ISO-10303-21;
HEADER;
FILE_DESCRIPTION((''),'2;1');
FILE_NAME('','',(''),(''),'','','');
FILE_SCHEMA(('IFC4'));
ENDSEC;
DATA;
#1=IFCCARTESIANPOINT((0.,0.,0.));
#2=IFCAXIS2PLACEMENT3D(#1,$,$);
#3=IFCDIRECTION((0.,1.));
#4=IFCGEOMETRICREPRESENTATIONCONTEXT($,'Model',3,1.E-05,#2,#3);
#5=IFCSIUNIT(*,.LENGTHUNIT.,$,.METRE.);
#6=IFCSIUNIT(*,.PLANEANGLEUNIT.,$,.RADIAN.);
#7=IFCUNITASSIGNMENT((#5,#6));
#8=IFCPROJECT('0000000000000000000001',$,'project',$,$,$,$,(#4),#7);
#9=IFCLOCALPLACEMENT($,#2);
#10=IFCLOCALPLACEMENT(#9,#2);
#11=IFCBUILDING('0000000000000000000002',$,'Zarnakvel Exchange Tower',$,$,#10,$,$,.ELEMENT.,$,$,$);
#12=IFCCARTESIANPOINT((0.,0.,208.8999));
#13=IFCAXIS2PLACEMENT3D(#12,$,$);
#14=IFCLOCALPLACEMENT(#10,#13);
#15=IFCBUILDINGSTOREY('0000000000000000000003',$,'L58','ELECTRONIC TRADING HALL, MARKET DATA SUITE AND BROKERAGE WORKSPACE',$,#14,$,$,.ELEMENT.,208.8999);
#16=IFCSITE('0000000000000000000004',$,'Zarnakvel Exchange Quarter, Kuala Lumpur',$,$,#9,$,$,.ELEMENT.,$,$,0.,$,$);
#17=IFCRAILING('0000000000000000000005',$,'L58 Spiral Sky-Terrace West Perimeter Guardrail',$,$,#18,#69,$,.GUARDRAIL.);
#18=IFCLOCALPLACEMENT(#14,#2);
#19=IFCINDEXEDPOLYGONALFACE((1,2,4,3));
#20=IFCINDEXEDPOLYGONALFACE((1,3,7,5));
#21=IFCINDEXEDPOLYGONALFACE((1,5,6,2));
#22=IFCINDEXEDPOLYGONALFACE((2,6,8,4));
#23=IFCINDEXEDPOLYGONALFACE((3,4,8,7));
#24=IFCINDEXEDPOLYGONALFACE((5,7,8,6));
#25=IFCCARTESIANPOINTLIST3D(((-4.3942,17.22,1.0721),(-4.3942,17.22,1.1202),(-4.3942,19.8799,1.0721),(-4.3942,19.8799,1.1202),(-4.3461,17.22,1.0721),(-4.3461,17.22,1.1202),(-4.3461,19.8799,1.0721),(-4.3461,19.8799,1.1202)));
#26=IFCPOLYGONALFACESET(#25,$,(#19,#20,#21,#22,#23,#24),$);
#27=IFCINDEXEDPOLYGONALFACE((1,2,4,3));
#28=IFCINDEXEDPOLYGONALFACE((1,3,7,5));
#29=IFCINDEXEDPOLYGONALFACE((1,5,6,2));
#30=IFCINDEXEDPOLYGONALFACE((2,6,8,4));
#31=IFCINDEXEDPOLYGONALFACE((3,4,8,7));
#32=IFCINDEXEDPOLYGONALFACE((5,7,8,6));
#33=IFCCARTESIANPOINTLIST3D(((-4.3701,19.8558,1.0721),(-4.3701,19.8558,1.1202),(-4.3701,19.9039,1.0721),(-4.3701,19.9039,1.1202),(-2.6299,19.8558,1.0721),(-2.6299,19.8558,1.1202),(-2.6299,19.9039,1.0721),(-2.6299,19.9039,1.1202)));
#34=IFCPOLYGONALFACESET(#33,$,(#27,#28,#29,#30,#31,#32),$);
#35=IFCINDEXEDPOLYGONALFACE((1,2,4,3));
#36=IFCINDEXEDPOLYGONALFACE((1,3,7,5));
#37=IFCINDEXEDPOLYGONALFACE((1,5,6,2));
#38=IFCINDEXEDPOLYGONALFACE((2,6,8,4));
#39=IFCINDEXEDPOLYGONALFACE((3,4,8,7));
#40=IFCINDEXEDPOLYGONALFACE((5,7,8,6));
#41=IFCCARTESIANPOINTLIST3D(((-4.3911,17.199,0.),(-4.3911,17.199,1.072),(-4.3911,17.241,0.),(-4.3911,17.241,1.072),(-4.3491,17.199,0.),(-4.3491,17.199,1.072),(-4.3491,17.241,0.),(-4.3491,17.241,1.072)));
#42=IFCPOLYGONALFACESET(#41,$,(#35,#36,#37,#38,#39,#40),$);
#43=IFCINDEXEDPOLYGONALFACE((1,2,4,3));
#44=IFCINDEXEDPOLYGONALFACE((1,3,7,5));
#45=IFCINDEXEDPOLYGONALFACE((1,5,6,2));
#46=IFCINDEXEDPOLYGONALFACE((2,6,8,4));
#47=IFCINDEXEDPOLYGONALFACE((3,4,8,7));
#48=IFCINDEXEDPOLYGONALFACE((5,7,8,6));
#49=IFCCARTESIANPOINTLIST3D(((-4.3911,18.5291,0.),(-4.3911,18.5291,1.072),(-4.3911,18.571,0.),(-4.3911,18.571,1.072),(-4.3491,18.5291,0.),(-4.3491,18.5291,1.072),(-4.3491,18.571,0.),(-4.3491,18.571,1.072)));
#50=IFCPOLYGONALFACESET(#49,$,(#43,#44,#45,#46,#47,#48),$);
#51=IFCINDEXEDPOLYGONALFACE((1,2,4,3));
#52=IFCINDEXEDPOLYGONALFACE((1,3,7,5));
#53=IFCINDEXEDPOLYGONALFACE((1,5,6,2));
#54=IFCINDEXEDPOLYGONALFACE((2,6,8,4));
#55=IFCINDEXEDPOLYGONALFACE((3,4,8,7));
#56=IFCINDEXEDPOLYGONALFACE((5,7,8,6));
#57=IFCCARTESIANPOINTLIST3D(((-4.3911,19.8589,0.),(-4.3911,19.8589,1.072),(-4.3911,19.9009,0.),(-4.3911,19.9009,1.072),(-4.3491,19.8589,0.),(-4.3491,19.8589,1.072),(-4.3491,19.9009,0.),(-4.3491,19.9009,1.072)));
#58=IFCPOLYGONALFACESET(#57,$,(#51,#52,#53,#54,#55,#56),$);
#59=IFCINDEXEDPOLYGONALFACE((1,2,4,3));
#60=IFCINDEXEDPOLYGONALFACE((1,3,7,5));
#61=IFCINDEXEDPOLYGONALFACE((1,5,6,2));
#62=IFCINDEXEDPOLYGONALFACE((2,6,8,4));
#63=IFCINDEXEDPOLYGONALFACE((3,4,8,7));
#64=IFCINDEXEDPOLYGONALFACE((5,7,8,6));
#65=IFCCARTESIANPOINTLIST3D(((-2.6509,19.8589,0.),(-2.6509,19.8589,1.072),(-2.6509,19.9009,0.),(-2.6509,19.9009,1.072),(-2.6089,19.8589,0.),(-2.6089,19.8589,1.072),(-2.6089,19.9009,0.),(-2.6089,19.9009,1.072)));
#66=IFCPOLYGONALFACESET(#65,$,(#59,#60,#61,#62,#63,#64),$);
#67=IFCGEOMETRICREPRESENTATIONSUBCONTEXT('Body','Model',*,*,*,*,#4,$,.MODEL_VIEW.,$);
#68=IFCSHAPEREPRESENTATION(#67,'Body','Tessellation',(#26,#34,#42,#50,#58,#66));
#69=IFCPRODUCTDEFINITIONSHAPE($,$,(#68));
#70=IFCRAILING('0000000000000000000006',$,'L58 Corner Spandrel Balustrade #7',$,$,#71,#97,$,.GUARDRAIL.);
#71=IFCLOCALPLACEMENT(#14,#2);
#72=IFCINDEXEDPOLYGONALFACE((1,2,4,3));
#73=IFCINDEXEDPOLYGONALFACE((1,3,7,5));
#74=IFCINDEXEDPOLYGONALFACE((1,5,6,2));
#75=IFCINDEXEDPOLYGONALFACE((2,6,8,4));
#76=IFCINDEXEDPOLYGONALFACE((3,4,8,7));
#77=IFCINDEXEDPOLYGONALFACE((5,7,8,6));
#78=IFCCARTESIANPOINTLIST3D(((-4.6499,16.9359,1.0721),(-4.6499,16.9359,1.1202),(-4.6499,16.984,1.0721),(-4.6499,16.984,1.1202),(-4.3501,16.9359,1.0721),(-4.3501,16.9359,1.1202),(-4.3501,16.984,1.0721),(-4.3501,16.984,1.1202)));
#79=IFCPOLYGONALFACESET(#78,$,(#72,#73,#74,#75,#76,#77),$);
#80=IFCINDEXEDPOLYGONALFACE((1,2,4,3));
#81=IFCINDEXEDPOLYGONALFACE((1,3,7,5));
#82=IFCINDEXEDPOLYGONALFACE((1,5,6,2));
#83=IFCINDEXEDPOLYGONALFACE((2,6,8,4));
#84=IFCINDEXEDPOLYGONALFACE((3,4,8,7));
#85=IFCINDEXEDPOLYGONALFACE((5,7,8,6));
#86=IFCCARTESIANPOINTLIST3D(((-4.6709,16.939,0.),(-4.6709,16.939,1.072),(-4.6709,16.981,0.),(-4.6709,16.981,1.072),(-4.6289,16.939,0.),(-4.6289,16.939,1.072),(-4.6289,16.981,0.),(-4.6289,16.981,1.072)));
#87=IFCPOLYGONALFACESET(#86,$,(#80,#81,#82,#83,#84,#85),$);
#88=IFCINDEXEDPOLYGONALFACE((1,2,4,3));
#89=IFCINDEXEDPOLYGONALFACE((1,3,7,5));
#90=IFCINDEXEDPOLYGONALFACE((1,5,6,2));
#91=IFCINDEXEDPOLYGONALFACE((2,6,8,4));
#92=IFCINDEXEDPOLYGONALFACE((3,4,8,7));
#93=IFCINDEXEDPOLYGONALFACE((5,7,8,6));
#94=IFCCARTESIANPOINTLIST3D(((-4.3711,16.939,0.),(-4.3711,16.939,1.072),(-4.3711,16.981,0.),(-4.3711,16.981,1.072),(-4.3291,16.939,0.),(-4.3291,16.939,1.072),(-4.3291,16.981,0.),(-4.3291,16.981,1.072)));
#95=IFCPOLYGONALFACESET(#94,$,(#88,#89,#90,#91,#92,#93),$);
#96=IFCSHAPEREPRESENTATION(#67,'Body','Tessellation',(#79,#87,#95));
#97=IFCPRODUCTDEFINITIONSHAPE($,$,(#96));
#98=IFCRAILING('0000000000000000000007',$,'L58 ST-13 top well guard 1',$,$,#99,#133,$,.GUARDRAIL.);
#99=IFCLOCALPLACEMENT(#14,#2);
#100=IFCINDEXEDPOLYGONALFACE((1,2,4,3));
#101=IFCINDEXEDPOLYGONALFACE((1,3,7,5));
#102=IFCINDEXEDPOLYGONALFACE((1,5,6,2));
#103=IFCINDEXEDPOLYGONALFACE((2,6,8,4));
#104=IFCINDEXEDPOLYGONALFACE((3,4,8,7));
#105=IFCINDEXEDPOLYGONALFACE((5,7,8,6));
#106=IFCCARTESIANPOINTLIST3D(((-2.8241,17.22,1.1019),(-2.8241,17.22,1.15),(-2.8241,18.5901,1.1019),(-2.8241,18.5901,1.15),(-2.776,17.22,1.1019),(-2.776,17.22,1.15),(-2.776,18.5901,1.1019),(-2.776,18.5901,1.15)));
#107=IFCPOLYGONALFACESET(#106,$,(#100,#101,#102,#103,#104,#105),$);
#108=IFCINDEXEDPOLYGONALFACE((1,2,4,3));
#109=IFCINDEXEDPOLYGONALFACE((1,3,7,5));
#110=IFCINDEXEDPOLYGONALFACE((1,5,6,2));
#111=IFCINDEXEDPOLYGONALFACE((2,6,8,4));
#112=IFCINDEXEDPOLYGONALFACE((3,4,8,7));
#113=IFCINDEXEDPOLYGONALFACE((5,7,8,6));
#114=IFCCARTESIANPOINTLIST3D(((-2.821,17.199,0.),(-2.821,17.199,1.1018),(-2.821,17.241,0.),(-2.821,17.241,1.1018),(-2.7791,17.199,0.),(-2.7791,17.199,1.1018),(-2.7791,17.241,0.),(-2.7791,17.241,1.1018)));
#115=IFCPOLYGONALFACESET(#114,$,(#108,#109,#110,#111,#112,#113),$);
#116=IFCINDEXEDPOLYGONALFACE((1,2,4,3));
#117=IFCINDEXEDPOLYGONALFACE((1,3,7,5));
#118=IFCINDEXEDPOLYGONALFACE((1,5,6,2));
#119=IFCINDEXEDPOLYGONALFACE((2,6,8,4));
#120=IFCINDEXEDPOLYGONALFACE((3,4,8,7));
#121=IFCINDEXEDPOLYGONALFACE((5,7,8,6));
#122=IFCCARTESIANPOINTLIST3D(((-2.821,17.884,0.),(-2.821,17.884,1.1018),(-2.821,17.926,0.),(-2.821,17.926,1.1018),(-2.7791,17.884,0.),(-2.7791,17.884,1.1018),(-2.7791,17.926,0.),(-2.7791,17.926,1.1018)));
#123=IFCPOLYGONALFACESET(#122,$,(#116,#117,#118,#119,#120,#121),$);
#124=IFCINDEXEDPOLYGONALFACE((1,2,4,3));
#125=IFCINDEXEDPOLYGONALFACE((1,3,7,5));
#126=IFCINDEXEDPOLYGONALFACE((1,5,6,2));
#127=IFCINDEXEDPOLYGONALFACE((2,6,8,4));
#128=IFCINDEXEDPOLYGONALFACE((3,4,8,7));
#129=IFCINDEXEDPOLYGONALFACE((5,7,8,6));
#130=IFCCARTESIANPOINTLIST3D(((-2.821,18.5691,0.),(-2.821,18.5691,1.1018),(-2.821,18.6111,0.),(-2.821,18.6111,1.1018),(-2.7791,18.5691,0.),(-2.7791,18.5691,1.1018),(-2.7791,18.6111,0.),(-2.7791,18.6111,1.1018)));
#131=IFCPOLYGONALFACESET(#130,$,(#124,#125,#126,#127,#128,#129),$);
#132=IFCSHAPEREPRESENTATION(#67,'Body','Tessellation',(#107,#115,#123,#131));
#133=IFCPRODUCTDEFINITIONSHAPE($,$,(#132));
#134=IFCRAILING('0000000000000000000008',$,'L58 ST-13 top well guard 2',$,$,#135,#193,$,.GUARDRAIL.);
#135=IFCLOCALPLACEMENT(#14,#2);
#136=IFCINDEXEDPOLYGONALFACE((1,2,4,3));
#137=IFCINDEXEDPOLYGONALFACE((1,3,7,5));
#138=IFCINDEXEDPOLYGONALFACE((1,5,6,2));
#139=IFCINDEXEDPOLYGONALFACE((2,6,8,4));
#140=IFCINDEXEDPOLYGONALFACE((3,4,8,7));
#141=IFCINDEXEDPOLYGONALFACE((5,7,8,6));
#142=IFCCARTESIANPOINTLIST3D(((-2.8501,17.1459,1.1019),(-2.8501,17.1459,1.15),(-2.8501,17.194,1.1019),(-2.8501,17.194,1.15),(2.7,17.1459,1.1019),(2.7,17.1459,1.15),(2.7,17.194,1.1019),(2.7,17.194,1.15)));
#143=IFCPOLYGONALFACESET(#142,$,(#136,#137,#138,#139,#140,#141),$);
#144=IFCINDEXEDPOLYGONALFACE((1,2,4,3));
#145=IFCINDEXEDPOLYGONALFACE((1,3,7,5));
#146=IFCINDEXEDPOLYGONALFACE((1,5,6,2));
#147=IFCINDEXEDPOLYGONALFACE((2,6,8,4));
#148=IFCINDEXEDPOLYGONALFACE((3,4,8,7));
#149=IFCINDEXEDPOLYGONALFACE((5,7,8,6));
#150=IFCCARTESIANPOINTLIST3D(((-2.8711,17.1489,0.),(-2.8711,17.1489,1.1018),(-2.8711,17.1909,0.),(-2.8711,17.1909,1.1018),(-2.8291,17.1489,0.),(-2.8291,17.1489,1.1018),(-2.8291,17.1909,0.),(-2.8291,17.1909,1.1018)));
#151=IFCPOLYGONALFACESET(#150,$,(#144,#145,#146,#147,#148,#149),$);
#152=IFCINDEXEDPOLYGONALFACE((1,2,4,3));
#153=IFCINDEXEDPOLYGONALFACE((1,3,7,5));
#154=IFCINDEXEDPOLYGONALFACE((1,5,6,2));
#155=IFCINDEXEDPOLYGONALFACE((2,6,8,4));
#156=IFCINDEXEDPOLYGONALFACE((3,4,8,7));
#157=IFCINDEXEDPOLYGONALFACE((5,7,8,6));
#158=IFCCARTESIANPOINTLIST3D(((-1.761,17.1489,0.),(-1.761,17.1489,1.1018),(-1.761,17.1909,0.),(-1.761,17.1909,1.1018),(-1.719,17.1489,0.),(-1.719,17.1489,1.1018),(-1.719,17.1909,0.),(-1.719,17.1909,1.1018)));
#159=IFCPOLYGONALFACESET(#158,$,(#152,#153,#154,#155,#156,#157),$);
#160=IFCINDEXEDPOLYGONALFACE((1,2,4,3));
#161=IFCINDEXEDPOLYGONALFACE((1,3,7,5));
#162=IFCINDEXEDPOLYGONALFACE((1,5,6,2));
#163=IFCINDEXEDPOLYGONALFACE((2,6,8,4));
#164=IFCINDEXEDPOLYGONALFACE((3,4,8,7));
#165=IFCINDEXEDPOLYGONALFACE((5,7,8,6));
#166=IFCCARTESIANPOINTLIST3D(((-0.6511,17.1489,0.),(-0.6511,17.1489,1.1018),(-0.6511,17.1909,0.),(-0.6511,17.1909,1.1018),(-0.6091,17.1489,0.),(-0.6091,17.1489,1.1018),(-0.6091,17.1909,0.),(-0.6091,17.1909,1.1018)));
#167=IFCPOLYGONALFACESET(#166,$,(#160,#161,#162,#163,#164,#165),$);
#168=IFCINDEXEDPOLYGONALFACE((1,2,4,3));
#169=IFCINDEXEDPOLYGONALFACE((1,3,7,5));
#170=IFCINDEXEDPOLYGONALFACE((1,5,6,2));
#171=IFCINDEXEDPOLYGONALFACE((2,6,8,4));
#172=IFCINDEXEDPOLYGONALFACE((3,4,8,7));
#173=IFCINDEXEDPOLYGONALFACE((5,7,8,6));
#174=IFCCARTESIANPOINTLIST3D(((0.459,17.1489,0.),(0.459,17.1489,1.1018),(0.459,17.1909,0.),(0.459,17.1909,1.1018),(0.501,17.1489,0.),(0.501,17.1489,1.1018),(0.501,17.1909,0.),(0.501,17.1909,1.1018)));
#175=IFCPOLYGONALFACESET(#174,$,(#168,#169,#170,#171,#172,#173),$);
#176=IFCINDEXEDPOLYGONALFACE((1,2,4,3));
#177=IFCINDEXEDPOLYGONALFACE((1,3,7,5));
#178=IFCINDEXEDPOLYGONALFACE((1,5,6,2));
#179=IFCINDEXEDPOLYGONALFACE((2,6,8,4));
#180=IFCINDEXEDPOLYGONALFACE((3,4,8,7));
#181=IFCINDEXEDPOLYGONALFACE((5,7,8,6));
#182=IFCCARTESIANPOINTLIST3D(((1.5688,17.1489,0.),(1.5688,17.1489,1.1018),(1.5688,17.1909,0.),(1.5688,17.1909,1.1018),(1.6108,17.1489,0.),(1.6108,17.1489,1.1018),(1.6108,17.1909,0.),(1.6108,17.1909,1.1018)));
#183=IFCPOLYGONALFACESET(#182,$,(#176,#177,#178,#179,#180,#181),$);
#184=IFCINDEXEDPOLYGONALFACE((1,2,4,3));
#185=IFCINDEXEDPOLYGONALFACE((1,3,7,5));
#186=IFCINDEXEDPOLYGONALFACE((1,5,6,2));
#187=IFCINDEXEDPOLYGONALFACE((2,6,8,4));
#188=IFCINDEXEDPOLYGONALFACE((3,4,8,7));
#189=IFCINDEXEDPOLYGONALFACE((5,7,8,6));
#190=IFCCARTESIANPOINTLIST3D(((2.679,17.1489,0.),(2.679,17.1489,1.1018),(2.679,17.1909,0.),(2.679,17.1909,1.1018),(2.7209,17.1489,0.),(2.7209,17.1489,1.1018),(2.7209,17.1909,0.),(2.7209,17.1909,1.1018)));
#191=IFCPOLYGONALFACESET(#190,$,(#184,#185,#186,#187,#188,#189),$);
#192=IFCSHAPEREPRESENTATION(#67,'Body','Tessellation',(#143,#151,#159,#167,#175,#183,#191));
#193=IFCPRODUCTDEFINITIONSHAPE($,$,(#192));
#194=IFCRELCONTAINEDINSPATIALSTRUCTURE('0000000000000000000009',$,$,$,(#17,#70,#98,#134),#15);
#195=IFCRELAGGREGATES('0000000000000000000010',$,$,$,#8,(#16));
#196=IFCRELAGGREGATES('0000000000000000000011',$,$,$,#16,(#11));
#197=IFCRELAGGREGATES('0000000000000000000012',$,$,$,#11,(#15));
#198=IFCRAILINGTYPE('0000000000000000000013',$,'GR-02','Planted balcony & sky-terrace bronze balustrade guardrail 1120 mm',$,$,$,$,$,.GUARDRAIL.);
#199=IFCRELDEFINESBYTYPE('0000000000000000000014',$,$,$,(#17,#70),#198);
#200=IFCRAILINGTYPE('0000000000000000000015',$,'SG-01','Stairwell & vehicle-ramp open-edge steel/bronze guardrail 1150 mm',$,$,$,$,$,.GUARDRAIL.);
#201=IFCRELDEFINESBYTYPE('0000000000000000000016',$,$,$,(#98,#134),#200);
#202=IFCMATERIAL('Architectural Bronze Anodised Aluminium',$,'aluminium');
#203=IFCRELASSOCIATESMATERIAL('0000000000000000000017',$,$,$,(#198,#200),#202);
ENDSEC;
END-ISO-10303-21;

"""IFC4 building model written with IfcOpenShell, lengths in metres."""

from ifc_helpers import new_model, si_unit, direction, frame, origin, origin_2d, place, context, subcontext, project, spatial, rectangle, extrude, material, type_object, element, save


model = new_model("IFC4")

# Units and contexts
model_context = context("Model", 3, precision=1e-05, world=origin(), true_north=direction((0.0, 1.0)))
body_context = subcontext(model_context, "Body", "Model", "MODEL_VIEW")
ifc_project = project(units=[si_unit("LENGTHUNIT", "METRE"), si_unit("PLANEANGLEUNIT", "RADIAN")], contexts=[model_context])

# Site, building, storey
site_placement = place(None, origin())
site = spatial("IfcSite", under=ifc_project, at=site_placement, Name="Zarnakvel Exchange Quarter, Kuala Lumpur", CompositionType="ELEMENT", RefElevation=0.0)
building_placement = place(site_placement, origin())
building = spatial("IfcBuilding", under=site, at=building_placement, Name="Zarnakvel Exchange Tower", CompositionType="ELEMENT")
storey_placement = place(building_placement, frame((0.0, 0.0, 208.8999)))
storey = spatial("IfcBuildingStorey", under=building, at=storey_placement, Name="L58", Description="ELECTRONIC TRADING HALL, MARKET DATA SUITE AND BROKERAGE WORKSPACE", CompositionType="ELEMENT", Elevation=208.8999)

# Shared definitions
ifc_material_1 = material(Name="Architectural Bronze Anodised Aluminium", Category="aluminium")

# Railings
railing_type_1 = type_object("IfcRailingType", Name="GR-02", Description="Planted balcony & sky-terrace bronze balustrade guardrail 1120 mm", PredefinedType="GUARDRAIL", material=ifc_material_1)
railing_1_placement = place(storey_placement, frame((-4.3701, 17.22, 0.0)))
element("IfcRailing", 1, at=railing_1_placement, inside=storey, type_object=railing_type_1, Name="L58 Spiral Sky-Terrace West Perimeter Guardrail", PredefinedType="GUARDRAIL", context=body_context, shape_type="SweptSolid", body=[
    extrude(rectangle(XDim=0.0481, YDim=0.0481, at=origin_2d()), frame((0.0, 0.0, 1.0962), z_axis=(0.0, 1.0, 0.0), x_axis=(-1.0, 0.0, 0.0)), (0.0, 0.0, 1.0), 2.6599),
    extrude(rectangle(XDim=0.0481, YDim=0.0481, at=origin_2d()), frame((0.0, 2.6599, 1.0962), z_axis=(1.0, 0.0, 0.0), x_axis=(0.0, 1.0, 0.0)), (0.0, 0.0, 1.0), 1.7402),
    extrude(rectangle(XDim=0.042, YDim=0.042, at=origin_2d()), origin(), (0.0, 0.0, 1.0), 1.072),
    extrude(rectangle(XDim=0.042, YDim=0.042, at=origin_2d()), frame((0.0, 1.3301, 0.0)), (0.0, 0.0, 1.0), 1.072),
    extrude(rectangle(XDim=0.042, YDim=0.042, at=origin_2d()), frame((0.0, 2.6599, 0.0)), (0.0, 0.0, 1.0), 1.072),
    extrude(rectangle(XDim=0.042, YDim=0.042, at=origin_2d()), frame((1.7402, 2.6599, 0.0)), (0.0, 0.0, 1.0), 1.072),
])
railing_2_placement = place(storey_placement, frame((-4.6499, 16.96, 0.0)))
element("IfcRailing", 2, at=railing_2_placement, inside=storey, type_object=railing_type_1, Name="L58 Corner Spandrel Balustrade #7", PredefinedType="GUARDRAIL", context=body_context, shape_type="SweptSolid", body=[
    extrude(rectangle(XDim=0.0481, YDim=0.0481, at=origin_2d()), frame((0.0, 0.0, 1.0962), z_axis=(1.0, 0.0, 0.0), x_axis=(0.0, 1.0, 0.0)), (0.0, 0.0, 1.0), 0.2998),
    extrude(rectangle(XDim=0.042, YDim=0.042, at=origin_2d()), origin(), (0.0, 0.0, 1.0), 1.072),
    extrude(rectangle(XDim=0.042, YDim=0.042, at=origin_2d()), frame((0.2998, 0.0, 0.0)), (0.0, 0.0, 1.0), 1.072),
])
railing_type_2 = type_object("IfcRailingType", Name="SG-01", Description="Stairwell & vehicle-ramp open-edge steel/bronze guardrail 1150 mm", PredefinedType="GUARDRAIL", material=ifc_material_1)
railing_3_placement = place(storey_placement, frame((-2.8, 17.22, 0.0)))
element("IfcRailing", 3, at=railing_3_placement, inside=storey, type_object=railing_type_2, Name="L58 ST-13 top well guard 1", PredefinedType="GUARDRAIL", context=body_context, shape_type="SweptSolid", body=[
    extrude(rectangle(XDim=0.0481, YDim=0.0481, at=origin_2d()), frame((0.0, 0.0, 1.126), z_axis=(0.0, 1.0, 0.0), x_axis=(-1.0, 0.0, 0.0)), (0.0, 0.0, 1.0), 1.3701),
    extrude(rectangle(XDim=0.042, YDim=0.042, at=origin_2d()), origin(), (0.0, 0.0, 1.0), 1.1018),
    extrude(rectangle(XDim=0.042, YDim=0.042, at=origin_2d()), frame((0.0, 0.6851, 0.0)), (0.0, 0.0, 1.0), 1.1018),
    extrude(rectangle(XDim=0.042, YDim=0.042, at=origin_2d()), frame((0.0, 1.3701, 0.0)), (0.0, 0.0, 1.0), 1.1018),
])
for number, where, name in (
    (4, (-2.8501, 17.1699, 0.0), "L58 ST-13 top well guard 2"),
):
    element("IfcRailing", number, at=place(storey_placement, frame(where)), inside=storey, type_object=railing_type_2, Name=name, PredefinedType="GUARDRAIL", context=body_context, shape_type="SweptSolid", body=[
        extrude(rectangle(XDim=0.0481, YDim=0.0481, at=origin_2d()), frame((0.0, 0.0, 1.126), z_axis=(1.0, 0.0, 0.0), x_axis=(0.0, 1.0, 0.0)), (0.0, 0.0, 1.0), 5.55),
        extrude(rectangle(XDim=0.042, YDim=0.042, at=origin_2d()), origin(), (0.0, 0.0, 1.0), 1.1018),
        extrude(rectangle(XDim=0.042, YDim=0.042, at=origin_2d()), frame((1.1101, 0.0, 0.0)), (0.0, 0.0, 1.0), 1.1018),
        extrude(rectangle(XDim=0.042, YDim=0.042, at=origin_2d()), frame((2.22, 0.0, 0.0)), (0.0, 0.0, 1.0), 1.1018),
        extrude(rectangle(XDim=0.042, YDim=0.042, at=origin_2d()), frame((3.3301, 0.0, 0.0)), (0.0, 0.0, 1.0), 1.1018),
        extrude(rectangle(XDim=0.042, YDim=0.042, at=origin_2d()), frame((4.4399, 0.0, 0.0)), (0.0, 0.0, 1.0), 1.1018),
        extrude(rectangle(XDim=0.042, YDim=0.042, at=origin_2d()), frame((5.55, 0.0, 0.0)), (0.0, 0.0, 1.0), 1.1018),
    ])

save(model, "model.ifc")
